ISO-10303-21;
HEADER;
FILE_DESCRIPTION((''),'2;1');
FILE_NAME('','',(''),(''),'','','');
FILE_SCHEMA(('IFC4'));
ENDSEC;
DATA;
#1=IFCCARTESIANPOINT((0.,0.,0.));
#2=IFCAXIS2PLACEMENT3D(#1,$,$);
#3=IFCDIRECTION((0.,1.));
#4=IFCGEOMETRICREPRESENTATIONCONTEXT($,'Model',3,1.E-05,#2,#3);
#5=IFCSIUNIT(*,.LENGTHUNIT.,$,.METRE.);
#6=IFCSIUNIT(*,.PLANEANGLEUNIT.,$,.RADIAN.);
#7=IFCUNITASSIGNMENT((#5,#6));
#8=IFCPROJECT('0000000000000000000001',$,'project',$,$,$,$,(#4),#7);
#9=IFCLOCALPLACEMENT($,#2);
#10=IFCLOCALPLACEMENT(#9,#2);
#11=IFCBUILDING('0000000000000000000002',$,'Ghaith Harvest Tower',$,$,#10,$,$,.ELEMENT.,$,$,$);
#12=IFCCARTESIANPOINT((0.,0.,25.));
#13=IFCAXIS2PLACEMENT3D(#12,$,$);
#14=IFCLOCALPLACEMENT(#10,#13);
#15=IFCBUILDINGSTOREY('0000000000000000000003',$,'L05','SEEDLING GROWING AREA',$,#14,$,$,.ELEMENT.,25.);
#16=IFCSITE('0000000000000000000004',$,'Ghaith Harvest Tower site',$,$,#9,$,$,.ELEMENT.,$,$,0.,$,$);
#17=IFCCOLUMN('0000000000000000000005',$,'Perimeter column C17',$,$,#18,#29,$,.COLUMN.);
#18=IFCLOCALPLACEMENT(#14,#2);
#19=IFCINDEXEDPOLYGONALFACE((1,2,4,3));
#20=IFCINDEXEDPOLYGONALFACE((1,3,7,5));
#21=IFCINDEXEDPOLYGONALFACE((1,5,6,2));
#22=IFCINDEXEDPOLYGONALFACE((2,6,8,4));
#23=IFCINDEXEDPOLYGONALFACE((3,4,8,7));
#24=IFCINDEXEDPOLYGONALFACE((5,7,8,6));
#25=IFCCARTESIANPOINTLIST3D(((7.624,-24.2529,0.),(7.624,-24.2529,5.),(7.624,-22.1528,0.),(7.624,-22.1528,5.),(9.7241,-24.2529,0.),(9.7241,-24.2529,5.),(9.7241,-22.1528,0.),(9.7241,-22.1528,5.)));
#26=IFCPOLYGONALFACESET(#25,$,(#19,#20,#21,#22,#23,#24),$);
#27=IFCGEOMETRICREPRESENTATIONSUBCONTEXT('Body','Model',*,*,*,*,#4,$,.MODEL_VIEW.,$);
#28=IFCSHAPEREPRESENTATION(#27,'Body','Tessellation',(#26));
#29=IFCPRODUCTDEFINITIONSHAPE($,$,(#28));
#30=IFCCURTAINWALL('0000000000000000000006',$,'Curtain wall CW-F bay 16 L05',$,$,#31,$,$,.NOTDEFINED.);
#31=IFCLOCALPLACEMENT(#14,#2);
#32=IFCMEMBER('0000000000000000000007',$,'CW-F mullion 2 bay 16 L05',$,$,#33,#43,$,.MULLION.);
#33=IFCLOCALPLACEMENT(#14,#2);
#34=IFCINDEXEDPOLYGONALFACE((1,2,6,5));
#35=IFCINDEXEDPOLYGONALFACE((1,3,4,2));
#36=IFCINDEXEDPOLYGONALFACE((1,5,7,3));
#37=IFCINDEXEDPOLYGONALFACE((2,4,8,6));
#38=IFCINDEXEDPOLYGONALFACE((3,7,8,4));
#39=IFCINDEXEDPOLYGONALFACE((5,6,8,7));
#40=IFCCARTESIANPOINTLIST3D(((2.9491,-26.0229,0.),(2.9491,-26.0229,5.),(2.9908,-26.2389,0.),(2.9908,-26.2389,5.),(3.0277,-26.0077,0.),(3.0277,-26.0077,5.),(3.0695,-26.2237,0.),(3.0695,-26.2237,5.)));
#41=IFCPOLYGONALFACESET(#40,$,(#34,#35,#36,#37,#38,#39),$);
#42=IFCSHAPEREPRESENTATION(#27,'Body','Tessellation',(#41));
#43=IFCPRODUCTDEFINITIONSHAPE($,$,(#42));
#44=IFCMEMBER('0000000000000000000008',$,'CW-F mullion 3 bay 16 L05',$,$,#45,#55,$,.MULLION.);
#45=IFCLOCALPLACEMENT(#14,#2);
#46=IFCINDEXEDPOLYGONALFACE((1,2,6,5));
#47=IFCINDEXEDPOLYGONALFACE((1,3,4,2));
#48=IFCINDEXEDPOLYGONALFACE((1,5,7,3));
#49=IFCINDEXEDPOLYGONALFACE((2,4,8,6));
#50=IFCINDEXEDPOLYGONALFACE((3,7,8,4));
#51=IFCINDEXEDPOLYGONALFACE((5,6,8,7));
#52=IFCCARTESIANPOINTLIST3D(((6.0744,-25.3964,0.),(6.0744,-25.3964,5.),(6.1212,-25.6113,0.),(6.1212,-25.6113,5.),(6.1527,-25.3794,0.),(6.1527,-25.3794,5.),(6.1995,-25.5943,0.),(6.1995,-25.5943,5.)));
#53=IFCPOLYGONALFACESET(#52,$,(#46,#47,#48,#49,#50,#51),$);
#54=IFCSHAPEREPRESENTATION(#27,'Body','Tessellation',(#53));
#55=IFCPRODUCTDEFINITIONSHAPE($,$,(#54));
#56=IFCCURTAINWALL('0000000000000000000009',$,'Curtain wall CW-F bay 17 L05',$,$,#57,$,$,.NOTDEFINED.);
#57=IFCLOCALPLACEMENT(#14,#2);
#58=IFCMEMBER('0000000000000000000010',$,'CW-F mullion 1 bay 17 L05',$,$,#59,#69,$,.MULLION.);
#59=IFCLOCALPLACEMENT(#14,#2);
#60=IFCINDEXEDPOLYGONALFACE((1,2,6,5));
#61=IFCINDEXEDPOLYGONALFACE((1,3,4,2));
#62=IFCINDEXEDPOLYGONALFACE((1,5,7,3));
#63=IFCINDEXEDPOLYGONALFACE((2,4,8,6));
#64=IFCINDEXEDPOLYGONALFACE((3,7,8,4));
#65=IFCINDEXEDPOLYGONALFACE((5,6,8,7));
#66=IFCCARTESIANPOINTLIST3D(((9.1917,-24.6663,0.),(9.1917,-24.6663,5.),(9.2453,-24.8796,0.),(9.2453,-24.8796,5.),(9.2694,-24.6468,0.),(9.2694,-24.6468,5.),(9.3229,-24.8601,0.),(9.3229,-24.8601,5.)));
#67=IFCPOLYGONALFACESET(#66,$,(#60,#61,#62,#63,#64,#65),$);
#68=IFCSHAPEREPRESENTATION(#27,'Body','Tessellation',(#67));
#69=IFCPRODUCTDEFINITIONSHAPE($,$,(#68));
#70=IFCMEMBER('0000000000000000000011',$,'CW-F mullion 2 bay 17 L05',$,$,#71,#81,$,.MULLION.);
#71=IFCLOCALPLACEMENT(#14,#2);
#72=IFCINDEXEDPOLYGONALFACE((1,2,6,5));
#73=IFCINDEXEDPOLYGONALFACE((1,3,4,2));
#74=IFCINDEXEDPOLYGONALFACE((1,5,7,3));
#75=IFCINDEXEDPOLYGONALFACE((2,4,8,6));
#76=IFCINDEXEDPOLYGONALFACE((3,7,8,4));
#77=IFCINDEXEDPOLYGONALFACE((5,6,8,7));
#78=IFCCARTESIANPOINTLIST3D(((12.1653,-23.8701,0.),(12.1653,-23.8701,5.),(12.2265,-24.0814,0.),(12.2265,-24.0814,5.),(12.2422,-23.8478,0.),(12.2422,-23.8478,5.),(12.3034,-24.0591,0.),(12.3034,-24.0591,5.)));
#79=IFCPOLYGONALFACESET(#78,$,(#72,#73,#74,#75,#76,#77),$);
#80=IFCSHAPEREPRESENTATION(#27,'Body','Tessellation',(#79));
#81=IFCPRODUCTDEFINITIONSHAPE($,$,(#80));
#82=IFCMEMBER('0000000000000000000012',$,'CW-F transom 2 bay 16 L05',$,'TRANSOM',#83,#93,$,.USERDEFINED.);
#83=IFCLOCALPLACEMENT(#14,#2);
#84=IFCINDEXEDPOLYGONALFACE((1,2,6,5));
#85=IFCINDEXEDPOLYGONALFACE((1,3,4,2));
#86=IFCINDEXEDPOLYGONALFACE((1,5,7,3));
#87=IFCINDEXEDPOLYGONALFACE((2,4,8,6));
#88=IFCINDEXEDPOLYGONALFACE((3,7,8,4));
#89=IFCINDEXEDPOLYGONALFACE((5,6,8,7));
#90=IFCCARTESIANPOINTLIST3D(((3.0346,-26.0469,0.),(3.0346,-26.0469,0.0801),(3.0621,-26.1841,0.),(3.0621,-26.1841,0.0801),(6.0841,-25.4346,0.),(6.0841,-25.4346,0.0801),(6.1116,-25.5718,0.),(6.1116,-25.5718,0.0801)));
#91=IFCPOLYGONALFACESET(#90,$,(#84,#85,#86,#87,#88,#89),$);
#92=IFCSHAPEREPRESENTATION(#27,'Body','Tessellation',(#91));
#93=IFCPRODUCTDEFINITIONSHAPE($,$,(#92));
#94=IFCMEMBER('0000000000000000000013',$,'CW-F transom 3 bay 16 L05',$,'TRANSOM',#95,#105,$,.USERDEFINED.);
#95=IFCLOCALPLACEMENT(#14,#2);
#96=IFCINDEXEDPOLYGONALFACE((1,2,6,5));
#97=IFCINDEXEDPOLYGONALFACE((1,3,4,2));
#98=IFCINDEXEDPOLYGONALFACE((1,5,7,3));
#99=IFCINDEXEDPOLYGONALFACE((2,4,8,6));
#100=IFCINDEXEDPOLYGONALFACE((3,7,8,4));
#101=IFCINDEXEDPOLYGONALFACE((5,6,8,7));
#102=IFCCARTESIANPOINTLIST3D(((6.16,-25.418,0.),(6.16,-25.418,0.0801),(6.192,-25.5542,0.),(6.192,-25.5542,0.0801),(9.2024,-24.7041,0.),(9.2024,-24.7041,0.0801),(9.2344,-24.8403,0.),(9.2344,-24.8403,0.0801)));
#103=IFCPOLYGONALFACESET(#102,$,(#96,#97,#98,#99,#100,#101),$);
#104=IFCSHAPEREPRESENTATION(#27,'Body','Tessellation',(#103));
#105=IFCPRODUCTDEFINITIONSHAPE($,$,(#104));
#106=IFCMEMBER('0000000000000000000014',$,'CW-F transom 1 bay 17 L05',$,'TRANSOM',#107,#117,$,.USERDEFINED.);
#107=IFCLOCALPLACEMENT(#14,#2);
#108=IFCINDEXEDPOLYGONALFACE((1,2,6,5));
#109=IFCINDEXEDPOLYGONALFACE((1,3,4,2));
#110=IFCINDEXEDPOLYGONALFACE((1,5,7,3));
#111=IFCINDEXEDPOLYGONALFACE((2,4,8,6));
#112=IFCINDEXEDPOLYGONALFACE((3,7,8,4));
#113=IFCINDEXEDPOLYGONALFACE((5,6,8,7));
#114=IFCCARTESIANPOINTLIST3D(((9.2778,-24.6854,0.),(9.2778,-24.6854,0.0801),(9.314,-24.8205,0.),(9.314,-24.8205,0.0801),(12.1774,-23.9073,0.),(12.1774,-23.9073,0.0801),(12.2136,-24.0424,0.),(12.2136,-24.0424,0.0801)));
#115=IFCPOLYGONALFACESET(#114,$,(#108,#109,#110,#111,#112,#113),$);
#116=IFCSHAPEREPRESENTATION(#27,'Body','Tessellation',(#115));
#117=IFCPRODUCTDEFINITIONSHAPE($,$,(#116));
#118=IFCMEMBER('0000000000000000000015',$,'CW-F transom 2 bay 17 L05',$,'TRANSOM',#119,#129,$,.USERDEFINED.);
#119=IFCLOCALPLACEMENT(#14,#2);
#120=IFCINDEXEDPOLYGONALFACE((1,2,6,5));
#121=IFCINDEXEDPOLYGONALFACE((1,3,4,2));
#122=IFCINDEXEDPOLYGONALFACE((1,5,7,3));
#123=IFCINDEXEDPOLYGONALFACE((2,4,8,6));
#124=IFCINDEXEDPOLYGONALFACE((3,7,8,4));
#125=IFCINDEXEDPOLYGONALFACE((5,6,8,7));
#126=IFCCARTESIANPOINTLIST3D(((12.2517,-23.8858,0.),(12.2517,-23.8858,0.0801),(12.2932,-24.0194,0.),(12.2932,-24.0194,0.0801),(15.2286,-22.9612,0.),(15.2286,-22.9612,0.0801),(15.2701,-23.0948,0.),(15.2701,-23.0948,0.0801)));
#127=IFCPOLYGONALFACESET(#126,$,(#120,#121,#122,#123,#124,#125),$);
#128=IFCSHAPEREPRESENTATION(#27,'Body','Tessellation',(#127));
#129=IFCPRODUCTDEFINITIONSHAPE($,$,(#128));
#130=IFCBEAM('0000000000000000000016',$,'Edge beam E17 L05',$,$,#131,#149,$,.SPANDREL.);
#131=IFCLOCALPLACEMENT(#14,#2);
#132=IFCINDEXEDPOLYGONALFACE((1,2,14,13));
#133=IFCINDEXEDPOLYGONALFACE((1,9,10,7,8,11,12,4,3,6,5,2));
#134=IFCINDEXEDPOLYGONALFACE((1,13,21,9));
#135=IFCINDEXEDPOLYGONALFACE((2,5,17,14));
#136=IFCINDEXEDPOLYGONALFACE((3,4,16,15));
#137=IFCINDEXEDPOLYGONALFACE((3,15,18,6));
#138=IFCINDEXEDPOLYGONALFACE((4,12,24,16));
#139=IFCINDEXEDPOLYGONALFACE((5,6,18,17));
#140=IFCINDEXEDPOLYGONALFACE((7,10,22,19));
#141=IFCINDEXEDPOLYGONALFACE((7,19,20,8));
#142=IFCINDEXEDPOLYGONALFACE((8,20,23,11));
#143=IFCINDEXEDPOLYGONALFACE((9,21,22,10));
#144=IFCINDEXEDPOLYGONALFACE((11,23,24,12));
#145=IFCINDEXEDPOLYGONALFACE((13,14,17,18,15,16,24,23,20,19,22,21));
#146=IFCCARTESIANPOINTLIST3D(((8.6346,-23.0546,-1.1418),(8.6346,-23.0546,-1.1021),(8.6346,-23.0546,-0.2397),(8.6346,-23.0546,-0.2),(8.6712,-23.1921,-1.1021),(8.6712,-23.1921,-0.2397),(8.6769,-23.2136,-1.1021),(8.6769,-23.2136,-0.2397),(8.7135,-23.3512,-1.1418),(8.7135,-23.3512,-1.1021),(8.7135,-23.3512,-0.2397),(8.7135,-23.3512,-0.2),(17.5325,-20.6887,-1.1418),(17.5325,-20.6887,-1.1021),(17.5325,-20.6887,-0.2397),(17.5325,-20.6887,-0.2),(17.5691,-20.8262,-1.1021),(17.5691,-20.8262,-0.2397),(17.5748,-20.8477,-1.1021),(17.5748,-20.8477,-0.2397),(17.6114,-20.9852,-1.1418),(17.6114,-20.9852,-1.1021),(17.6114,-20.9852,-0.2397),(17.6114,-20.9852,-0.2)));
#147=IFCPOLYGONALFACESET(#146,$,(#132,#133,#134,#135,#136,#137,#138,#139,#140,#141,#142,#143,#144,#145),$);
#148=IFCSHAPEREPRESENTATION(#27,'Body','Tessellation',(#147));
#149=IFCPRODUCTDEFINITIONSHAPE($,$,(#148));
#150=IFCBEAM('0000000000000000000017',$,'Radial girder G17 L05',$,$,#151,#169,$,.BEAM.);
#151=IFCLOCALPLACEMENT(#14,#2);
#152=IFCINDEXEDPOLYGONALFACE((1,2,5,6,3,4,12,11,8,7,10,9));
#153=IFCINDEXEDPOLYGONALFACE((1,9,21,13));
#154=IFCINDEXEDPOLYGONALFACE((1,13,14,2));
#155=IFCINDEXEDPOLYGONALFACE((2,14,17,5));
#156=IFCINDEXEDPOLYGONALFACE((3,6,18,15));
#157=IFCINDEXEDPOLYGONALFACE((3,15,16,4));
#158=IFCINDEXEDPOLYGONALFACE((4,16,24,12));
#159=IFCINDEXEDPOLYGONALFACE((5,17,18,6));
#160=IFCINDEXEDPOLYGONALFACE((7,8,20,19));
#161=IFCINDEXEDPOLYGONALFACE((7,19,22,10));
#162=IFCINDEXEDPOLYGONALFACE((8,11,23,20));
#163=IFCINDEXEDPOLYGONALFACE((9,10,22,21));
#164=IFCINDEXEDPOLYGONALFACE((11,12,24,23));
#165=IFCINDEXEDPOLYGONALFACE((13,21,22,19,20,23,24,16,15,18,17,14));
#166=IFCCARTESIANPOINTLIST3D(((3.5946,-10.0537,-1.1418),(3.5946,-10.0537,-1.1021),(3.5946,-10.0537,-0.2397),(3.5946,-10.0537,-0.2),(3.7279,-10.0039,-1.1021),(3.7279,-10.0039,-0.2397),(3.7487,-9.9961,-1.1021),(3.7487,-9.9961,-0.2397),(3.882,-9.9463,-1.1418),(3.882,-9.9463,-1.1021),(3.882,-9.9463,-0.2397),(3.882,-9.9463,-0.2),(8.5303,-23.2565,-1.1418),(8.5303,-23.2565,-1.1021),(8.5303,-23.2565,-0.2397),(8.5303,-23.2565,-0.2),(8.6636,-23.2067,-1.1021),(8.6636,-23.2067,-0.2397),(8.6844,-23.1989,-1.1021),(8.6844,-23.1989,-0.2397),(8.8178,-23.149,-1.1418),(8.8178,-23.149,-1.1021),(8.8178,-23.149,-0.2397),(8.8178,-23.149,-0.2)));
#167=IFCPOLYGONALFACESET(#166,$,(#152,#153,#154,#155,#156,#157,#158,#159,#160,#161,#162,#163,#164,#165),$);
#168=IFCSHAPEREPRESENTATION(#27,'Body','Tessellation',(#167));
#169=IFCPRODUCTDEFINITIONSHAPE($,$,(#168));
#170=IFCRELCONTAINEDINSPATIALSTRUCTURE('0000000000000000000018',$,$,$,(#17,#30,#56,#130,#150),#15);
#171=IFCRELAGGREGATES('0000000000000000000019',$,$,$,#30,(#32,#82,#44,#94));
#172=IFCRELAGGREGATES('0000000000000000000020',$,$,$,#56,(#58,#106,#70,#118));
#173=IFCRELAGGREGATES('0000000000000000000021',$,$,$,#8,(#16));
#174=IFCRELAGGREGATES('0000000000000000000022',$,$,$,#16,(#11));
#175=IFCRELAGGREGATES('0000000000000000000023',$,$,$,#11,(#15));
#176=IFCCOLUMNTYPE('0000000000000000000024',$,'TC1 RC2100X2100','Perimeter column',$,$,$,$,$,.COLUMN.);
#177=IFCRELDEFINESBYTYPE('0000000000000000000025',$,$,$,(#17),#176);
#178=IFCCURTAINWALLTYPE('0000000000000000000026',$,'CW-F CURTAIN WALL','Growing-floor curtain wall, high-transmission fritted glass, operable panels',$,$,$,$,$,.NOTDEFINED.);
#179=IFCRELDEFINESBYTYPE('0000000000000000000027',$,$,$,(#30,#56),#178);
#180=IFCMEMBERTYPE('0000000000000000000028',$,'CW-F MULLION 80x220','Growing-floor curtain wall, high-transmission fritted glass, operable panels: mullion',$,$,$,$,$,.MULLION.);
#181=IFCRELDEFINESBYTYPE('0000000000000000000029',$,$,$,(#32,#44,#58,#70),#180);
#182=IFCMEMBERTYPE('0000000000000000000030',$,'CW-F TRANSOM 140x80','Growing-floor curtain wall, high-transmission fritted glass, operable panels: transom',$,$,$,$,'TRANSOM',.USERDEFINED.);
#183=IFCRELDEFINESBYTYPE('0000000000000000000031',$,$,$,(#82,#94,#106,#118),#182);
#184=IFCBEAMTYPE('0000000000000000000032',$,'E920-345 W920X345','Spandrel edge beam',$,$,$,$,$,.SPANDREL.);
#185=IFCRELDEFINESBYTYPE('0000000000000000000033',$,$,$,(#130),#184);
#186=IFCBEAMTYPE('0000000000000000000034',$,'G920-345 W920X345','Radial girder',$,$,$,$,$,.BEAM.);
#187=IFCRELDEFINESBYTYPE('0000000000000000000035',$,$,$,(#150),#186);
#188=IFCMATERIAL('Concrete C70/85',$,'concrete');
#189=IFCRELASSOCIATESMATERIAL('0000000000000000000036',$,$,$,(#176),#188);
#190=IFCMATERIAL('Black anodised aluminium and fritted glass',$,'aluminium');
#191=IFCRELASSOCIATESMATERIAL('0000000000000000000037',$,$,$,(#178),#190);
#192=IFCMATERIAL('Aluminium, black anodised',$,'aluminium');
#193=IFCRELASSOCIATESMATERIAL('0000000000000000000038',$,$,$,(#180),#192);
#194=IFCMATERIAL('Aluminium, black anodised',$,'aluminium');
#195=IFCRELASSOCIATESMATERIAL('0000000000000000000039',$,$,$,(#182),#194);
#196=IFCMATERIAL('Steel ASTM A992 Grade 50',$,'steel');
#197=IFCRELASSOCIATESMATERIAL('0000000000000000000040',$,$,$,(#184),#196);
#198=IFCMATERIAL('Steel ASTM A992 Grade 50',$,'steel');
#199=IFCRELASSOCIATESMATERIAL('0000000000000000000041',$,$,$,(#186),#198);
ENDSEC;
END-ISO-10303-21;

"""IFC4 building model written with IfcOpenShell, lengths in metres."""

from ifc_helpers import new_model, si_unit, direction, frame, origin, origin_2d, place, context, subcontext, project, spatial, rectangle, i_section, extrude, material, material_profile, profile_set, type_object, element, aggregate, save


model = new_model("IFC4")

# Units and contexts
model_context = context("Model", 3, precision=1e-05, world=origin(), true_north=direction((0.0, 1.0)))
body_context = subcontext(model_context, "Body", "Model", "MODEL_VIEW")
ifc_project = project(units=[si_unit("LENGTHUNIT", "METRE"), si_unit("PLANEANGLEUNIT", "RADIAN")], contexts=[model_context])

# Site, building, storey
site_placement = place(None, origin())
site = spatial("IfcSite", under=ifc_project, at=site_placement, Name="Ghaith Harvest Tower site", CompositionType="ELEMENT", RefElevation=0.0)
building_placement = place(site_placement, origin())
building = spatial("IfcBuilding", under=site, at=building_placement, Name="Ghaith Harvest Tower", CompositionType="ELEMENT")
storey_placement = place(building_placement, frame((0.0, 0.0, 25.0)))
storey = spatial("IfcBuildingStorey", under=building, at=storey_placement, Name="L05", Description="SEEDLING GROWING AREA", CompositionType="ELEMENT", Elevation=25.0)

# Column
ifc_material_1 = material(Name="Concrete C70/85", Category="concrete")
ifc_material_profile_1 = material_profile(ifc_material_1, rectangle(XDim=2.1001, YDim=2.1001, at=origin_2d()), Name="RC2100X2100")
ifc_profile_set_1 = profile_set([ifc_material_profile_1], Name="Concrete C70/85")
column_type = type_object("IfcColumnType", Name="TC1 RC2100X2100", Description="Perimeter column", PredefinedType="COLUMN", material=ifc_profile_set_1)
column_placement = place(storey_placement, frame((8.6741, -23.2029, 0.0), z_axis=(0.0, 0.0, 1.0), x_axis=(1.0, 0.0, 0.0)))
element("IfcColumn", 1, at=column_placement, inside=storey, type_object=column_type, Name="Perimeter column C17", PredefinedType="COLUMN", context=body_context, shape_type="SweptSolid", body=[
    extrude(rectangle(XDim=2.1001, YDim=2.1001, at=origin_2d()), origin(), (0.0, 0.0, 1.0), 5.0),
])

# Curtain walls, members
ifc_material_2 = material(Name="Black anodised aluminium and fritted glass", Category="aluminium")
curtain_wall_type = type_object("IfcCurtainWallType", Name="CW-F CURTAIN WALL", Description="Growing-floor curtain wall, high-transmission fritted glass, operable panels", PredefinedType="NOTDEFINED", material=ifc_material_2)
curtain_wall_1_placement = place(storey_placement, origin())
curtain_wall_1 = element("IfcCurtainWall", 2, at=curtain_wall_1_placement, inside=storey, type_object=curtain_wall_type, Name="Curtain wall CW-F bay 16 L05", PredefinedType="NOTDEFINED")
ifc_material_3 = material(Name="Aluminium, black anodised", Category="aluminium")
ifc_material_profile_2 = material_profile(ifc_material_3, rectangle(XDim=0.0801, YDim=0.22, at=origin_2d()), Name="CW-F MULLION 80x220")
ifc_profile_set_2 = profile_set([ifc_material_profile_2], Name="Aluminium, black anodised")
member_type_1 = type_object("IfcMemberType", Name="CW-F MULLION 80x220", Description="Growing-floor curtain wall, high-transmission fritted glass, operable panels: mullion", PredefinedType="MULLION", material=ifc_profile_set_2)
member_1_placement = place(storey_placement, frame((3.0093, -26.1233, 0.0), z_axis=(0.0, 0.0, 1.0), x_axis=(0.981818, 0.189822, 0.0)))
member_1 = element("IfcMember", 3, at=member_1_placement, type_object=member_type_1, Name="CW-F mullion 2 bay 16 L05", PredefinedType="MULLION", context=body_context, shape_type="SweptSolid", body=[
    extrude(rectangle(XDim=0.0801, YDim=0.22, at=origin_2d()), origin(), (0.0, 0.0, 1.0), 5.0),
])
member_2_placement = place(storey_placement, frame((6.137, -25.4954, 0.0), z_axis=(0.0, 0.0, 1.0), x_axis=(0.977118, 0.212698, 0.0)))
member_2 = element("IfcMember", 4, at=member_2_placement, type_object=member_type_1, Name="CW-F mullion 3 bay 16 L05", PredefinedType="MULLION", context=body_context, shape_type="SweptSolid", body=[
    extrude(rectangle(XDim=0.0801, YDim=0.22, at=origin_2d()), origin(), (0.0, 0.0, 1.0), 5.0),
])
curtain_wall_2_placement = place(storey_placement, origin())
curtain_wall_2 = element("IfcCurtainWall", 5, at=curtain_wall_2_placement, inside=storey, type_object=curtain_wall_type, Name="Curtain wall CW-F bay 17 L05", PredefinedType="NOTDEFINED")
member_3_placement = place(storey_placement, frame((9.2573, -24.7632, 0.0), z_axis=(0.0, 0.0, 1.0), x_axis=(0.969903, 0.24349, 0.0)))
member_3 = element("IfcMember", 6, at=member_3_placement, type_object=member_type_1, Name="CW-F mullion 1 bay 17 L05", PredefinedType="MULLION", context=body_context, shape_type="SweptSolid", body=[
    extrude(rectangle(XDim=0.0801, YDim=0.22, at=origin_2d()), origin(), (0.0, 0.0, 1.0), 5.0),
])
member_4_placement = place(storey_placement, frame((12.2344, -23.9646, 0.0), z_axis=(0.0, 0.0, 1.0), x_axis=(0.960502, 0.278272, 0.0)))
member_4 = element("IfcMember", 7, at=member_4_placement, type_object=member_type_1, Name="CW-F mullion 2 bay 17 L05", PredefinedType="MULLION", context=body_context, shape_type="SweptSolid", body=[
    extrude(rectangle(XDim=0.0801, YDim=0.22, at=origin_2d()), origin(), (0.0, 0.0, 1.0), 5.0),
])

# Members
ifc_material_4 = material(Name="Aluminium, black anodised", Category="aluminium")
ifc_material_profile_3 = material_profile(ifc_material_4, rectangle(XDim=0.1399, YDim=0.0801, at=origin_2d()), Name="CW-F TRANSOM 140x80")
ifc_profile_set_3 = profile_set([ifc_material_profile_3], Name="Aluminium, black anodised")
member_type_2 = type_object("IfcMemberType", Name="CW-F TRANSOM 140x80", Description="Growing-floor curtain wall, high-transmission fritted glass, operable panels: transom", ElementType="TRANSOM", PredefinedType="USERDEFINED", material=ifc_profile_set_3)
member_5_placement = place(storey_placement, frame((3.0483, -26.1155, 0.04), z_axis=(0.980432, 0.196856, 0.0), x_axis=(-0.196856, 0.980432, 0.0)))
member_5 = element("IfcMember", 8, at=member_5_placement, type_object=member_type_2, Name="CW-F transom 2 bay 16 L05", ObjectType="TRANSOM", PredefinedType="USERDEFINED", context=body_context, shape_type="SweptSolid", body=[
    extrude(rectangle(XDim=0.1399, YDim=0.0801, at=origin_2d()), origin(), (0.0, 0.0, 1.0), 3.1104),
])
member_6_placement = place(storey_placement, frame((6.176, -25.4861, 0.04), z_axis=(0.97356, 0.22843, 0.0), x_axis=(-0.22843, 0.97356, 0.0)))
member_6 = element("IfcMember", 9, at=member_6_placement, type_object=member_type_2, Name="CW-F transom 3 bay 16 L05", ObjectType="TRANSOM", PredefinedType="USERDEFINED", context=body_context, shape_type="SweptSolid", body=[
    extrude(rectangle(XDim=0.1399, YDim=0.0801, at=origin_2d()), origin(), (0.0, 0.0, 1.0), 3.125),
])
member_7_placement = place(storey_placement, frame((9.2959, -24.7529, 0.04), z_axis=(0.965833, 0.259166, 0.0), x_axis=(-0.259166, 0.965833, 0.0)))
member_7 = element("IfcMember", 10, at=member_7_placement, type_object=member_type_2, Name="CW-F transom 1 bay 17 L05", ObjectType="TRANSOM", PredefinedType="USERDEFINED", context=body_context, shape_type="SweptSolid", body=[
    extrude(rectangle(XDim=0.1399, YDim=0.0801, at=origin_2d()), origin(), (0.0, 0.0, 1.0), 3.0022),
])
member_8_placement = place(storey_placement, frame((12.2725, -23.9526, 0.04), z_axis=(0.954998, 0.296611, 0.0), x_axis=(-0.296611, 0.954998, 0.0)))
member_8 = element("IfcMember", 11, at=member_8_placement, type_object=member_type_2, Name="CW-F transom 2 bay 17 L05", ObjectType="TRANSOM", PredefinedType="USERDEFINED", context=body_context, shape_type="SweptSolid", body=[
    extrude(rectangle(XDim=0.1399, YDim=0.0801, at=origin_2d()), origin(), (0.0, 0.0, 1.0), 3.1172),
])

# Beams
ifc_material_5 = material(Name="Steel ASTM A992 Grade 50", Category="steel")
ifc_material_profile_4 = material_profile(ifc_material_5, i_section(OverallWidth=0.3069, OverallDepth=0.9419, WebThickness=0.0222, FlangeThickness=0.0398, at=origin_2d()), Name="W920X345")
ifc_profile_set_4 = profile_set([ifc_material_profile_4], Name="Steel ASTM A992 Grade 50")
beam_type_1 = type_object("IfcBeamType", Name="E920-345 W920X345", Description="Spandrel edge beam", PredefinedType="SPANDREL", material=ifc_profile_set_4)
beam_1_placement = place(storey_placement, frame((8.6741, -23.2029, -0.6709), z_axis=(0.966419, 0.256971, 0.0), x_axis=(-0.256971, 0.966419, 0.0)))
element("IfcBeam", 12, at=beam_1_placement, inside=storey, type_object=beam_type_1, Name="Edge beam E17 L05", PredefinedType="SPANDREL", context=body_context, shape_type="SweptSolid", body=[
    extrude(i_section(OverallWidth=0.3069, OverallDepth=0.9419, WebThickness=0.0222, FlangeThickness=0.0398, at=origin_2d()), origin(), (0.0, 0.0, 1.0), 9.207),
])
ifc_material_6 = material(Name="Steel ASTM A992 Grade 50", Category="steel")
ifc_material_profile_5 = material_profile(ifc_material_6, i_section(OverallWidth=0.3069, OverallDepth=0.9419, WebThickness=0.0222, FlangeThickness=0.0398, at=origin_2d()), Name="W920X345")
ifc_profile_set_5 = profile_set([ifc_material_profile_5], Name="Steel ASTM A992 Grade 50")
beam_type_2 = type_object("IfcBeamType", Name="G920-345 W920X345", Description="Radial girder", PredefinedType="BEAM", material=ifc_profile_set_5)
beam_2_placement = place(storey_placement, frame((3.7383, -10.0, -0.6709), z_axis=(0.350172, -0.936685, 0.0), x_axis=(0.936685, 0.350172, 0.0)))
element("IfcBeam", 13, at=beam_2_placement, inside=storey, type_object=beam_type_2, Name="Radial girder G17 L05", PredefinedType="BEAM", context=body_context, shape_type="SweptSolid", body=[
    extrude(i_section(OverallWidth=0.3069, OverallDepth=0.9419, WebThickness=0.0222, FlangeThickness=0.0398, at=origin_2d()), origin(), (0.0, 0.0, 1.0), 14.0952),
])

aggregate(curtain_wall_1, [member_1, member_5, member_2, member_6])
aggregate(curtain_wall_2, [member_3, member_7, member_4, member_8])

save(model, "model.ifc")
